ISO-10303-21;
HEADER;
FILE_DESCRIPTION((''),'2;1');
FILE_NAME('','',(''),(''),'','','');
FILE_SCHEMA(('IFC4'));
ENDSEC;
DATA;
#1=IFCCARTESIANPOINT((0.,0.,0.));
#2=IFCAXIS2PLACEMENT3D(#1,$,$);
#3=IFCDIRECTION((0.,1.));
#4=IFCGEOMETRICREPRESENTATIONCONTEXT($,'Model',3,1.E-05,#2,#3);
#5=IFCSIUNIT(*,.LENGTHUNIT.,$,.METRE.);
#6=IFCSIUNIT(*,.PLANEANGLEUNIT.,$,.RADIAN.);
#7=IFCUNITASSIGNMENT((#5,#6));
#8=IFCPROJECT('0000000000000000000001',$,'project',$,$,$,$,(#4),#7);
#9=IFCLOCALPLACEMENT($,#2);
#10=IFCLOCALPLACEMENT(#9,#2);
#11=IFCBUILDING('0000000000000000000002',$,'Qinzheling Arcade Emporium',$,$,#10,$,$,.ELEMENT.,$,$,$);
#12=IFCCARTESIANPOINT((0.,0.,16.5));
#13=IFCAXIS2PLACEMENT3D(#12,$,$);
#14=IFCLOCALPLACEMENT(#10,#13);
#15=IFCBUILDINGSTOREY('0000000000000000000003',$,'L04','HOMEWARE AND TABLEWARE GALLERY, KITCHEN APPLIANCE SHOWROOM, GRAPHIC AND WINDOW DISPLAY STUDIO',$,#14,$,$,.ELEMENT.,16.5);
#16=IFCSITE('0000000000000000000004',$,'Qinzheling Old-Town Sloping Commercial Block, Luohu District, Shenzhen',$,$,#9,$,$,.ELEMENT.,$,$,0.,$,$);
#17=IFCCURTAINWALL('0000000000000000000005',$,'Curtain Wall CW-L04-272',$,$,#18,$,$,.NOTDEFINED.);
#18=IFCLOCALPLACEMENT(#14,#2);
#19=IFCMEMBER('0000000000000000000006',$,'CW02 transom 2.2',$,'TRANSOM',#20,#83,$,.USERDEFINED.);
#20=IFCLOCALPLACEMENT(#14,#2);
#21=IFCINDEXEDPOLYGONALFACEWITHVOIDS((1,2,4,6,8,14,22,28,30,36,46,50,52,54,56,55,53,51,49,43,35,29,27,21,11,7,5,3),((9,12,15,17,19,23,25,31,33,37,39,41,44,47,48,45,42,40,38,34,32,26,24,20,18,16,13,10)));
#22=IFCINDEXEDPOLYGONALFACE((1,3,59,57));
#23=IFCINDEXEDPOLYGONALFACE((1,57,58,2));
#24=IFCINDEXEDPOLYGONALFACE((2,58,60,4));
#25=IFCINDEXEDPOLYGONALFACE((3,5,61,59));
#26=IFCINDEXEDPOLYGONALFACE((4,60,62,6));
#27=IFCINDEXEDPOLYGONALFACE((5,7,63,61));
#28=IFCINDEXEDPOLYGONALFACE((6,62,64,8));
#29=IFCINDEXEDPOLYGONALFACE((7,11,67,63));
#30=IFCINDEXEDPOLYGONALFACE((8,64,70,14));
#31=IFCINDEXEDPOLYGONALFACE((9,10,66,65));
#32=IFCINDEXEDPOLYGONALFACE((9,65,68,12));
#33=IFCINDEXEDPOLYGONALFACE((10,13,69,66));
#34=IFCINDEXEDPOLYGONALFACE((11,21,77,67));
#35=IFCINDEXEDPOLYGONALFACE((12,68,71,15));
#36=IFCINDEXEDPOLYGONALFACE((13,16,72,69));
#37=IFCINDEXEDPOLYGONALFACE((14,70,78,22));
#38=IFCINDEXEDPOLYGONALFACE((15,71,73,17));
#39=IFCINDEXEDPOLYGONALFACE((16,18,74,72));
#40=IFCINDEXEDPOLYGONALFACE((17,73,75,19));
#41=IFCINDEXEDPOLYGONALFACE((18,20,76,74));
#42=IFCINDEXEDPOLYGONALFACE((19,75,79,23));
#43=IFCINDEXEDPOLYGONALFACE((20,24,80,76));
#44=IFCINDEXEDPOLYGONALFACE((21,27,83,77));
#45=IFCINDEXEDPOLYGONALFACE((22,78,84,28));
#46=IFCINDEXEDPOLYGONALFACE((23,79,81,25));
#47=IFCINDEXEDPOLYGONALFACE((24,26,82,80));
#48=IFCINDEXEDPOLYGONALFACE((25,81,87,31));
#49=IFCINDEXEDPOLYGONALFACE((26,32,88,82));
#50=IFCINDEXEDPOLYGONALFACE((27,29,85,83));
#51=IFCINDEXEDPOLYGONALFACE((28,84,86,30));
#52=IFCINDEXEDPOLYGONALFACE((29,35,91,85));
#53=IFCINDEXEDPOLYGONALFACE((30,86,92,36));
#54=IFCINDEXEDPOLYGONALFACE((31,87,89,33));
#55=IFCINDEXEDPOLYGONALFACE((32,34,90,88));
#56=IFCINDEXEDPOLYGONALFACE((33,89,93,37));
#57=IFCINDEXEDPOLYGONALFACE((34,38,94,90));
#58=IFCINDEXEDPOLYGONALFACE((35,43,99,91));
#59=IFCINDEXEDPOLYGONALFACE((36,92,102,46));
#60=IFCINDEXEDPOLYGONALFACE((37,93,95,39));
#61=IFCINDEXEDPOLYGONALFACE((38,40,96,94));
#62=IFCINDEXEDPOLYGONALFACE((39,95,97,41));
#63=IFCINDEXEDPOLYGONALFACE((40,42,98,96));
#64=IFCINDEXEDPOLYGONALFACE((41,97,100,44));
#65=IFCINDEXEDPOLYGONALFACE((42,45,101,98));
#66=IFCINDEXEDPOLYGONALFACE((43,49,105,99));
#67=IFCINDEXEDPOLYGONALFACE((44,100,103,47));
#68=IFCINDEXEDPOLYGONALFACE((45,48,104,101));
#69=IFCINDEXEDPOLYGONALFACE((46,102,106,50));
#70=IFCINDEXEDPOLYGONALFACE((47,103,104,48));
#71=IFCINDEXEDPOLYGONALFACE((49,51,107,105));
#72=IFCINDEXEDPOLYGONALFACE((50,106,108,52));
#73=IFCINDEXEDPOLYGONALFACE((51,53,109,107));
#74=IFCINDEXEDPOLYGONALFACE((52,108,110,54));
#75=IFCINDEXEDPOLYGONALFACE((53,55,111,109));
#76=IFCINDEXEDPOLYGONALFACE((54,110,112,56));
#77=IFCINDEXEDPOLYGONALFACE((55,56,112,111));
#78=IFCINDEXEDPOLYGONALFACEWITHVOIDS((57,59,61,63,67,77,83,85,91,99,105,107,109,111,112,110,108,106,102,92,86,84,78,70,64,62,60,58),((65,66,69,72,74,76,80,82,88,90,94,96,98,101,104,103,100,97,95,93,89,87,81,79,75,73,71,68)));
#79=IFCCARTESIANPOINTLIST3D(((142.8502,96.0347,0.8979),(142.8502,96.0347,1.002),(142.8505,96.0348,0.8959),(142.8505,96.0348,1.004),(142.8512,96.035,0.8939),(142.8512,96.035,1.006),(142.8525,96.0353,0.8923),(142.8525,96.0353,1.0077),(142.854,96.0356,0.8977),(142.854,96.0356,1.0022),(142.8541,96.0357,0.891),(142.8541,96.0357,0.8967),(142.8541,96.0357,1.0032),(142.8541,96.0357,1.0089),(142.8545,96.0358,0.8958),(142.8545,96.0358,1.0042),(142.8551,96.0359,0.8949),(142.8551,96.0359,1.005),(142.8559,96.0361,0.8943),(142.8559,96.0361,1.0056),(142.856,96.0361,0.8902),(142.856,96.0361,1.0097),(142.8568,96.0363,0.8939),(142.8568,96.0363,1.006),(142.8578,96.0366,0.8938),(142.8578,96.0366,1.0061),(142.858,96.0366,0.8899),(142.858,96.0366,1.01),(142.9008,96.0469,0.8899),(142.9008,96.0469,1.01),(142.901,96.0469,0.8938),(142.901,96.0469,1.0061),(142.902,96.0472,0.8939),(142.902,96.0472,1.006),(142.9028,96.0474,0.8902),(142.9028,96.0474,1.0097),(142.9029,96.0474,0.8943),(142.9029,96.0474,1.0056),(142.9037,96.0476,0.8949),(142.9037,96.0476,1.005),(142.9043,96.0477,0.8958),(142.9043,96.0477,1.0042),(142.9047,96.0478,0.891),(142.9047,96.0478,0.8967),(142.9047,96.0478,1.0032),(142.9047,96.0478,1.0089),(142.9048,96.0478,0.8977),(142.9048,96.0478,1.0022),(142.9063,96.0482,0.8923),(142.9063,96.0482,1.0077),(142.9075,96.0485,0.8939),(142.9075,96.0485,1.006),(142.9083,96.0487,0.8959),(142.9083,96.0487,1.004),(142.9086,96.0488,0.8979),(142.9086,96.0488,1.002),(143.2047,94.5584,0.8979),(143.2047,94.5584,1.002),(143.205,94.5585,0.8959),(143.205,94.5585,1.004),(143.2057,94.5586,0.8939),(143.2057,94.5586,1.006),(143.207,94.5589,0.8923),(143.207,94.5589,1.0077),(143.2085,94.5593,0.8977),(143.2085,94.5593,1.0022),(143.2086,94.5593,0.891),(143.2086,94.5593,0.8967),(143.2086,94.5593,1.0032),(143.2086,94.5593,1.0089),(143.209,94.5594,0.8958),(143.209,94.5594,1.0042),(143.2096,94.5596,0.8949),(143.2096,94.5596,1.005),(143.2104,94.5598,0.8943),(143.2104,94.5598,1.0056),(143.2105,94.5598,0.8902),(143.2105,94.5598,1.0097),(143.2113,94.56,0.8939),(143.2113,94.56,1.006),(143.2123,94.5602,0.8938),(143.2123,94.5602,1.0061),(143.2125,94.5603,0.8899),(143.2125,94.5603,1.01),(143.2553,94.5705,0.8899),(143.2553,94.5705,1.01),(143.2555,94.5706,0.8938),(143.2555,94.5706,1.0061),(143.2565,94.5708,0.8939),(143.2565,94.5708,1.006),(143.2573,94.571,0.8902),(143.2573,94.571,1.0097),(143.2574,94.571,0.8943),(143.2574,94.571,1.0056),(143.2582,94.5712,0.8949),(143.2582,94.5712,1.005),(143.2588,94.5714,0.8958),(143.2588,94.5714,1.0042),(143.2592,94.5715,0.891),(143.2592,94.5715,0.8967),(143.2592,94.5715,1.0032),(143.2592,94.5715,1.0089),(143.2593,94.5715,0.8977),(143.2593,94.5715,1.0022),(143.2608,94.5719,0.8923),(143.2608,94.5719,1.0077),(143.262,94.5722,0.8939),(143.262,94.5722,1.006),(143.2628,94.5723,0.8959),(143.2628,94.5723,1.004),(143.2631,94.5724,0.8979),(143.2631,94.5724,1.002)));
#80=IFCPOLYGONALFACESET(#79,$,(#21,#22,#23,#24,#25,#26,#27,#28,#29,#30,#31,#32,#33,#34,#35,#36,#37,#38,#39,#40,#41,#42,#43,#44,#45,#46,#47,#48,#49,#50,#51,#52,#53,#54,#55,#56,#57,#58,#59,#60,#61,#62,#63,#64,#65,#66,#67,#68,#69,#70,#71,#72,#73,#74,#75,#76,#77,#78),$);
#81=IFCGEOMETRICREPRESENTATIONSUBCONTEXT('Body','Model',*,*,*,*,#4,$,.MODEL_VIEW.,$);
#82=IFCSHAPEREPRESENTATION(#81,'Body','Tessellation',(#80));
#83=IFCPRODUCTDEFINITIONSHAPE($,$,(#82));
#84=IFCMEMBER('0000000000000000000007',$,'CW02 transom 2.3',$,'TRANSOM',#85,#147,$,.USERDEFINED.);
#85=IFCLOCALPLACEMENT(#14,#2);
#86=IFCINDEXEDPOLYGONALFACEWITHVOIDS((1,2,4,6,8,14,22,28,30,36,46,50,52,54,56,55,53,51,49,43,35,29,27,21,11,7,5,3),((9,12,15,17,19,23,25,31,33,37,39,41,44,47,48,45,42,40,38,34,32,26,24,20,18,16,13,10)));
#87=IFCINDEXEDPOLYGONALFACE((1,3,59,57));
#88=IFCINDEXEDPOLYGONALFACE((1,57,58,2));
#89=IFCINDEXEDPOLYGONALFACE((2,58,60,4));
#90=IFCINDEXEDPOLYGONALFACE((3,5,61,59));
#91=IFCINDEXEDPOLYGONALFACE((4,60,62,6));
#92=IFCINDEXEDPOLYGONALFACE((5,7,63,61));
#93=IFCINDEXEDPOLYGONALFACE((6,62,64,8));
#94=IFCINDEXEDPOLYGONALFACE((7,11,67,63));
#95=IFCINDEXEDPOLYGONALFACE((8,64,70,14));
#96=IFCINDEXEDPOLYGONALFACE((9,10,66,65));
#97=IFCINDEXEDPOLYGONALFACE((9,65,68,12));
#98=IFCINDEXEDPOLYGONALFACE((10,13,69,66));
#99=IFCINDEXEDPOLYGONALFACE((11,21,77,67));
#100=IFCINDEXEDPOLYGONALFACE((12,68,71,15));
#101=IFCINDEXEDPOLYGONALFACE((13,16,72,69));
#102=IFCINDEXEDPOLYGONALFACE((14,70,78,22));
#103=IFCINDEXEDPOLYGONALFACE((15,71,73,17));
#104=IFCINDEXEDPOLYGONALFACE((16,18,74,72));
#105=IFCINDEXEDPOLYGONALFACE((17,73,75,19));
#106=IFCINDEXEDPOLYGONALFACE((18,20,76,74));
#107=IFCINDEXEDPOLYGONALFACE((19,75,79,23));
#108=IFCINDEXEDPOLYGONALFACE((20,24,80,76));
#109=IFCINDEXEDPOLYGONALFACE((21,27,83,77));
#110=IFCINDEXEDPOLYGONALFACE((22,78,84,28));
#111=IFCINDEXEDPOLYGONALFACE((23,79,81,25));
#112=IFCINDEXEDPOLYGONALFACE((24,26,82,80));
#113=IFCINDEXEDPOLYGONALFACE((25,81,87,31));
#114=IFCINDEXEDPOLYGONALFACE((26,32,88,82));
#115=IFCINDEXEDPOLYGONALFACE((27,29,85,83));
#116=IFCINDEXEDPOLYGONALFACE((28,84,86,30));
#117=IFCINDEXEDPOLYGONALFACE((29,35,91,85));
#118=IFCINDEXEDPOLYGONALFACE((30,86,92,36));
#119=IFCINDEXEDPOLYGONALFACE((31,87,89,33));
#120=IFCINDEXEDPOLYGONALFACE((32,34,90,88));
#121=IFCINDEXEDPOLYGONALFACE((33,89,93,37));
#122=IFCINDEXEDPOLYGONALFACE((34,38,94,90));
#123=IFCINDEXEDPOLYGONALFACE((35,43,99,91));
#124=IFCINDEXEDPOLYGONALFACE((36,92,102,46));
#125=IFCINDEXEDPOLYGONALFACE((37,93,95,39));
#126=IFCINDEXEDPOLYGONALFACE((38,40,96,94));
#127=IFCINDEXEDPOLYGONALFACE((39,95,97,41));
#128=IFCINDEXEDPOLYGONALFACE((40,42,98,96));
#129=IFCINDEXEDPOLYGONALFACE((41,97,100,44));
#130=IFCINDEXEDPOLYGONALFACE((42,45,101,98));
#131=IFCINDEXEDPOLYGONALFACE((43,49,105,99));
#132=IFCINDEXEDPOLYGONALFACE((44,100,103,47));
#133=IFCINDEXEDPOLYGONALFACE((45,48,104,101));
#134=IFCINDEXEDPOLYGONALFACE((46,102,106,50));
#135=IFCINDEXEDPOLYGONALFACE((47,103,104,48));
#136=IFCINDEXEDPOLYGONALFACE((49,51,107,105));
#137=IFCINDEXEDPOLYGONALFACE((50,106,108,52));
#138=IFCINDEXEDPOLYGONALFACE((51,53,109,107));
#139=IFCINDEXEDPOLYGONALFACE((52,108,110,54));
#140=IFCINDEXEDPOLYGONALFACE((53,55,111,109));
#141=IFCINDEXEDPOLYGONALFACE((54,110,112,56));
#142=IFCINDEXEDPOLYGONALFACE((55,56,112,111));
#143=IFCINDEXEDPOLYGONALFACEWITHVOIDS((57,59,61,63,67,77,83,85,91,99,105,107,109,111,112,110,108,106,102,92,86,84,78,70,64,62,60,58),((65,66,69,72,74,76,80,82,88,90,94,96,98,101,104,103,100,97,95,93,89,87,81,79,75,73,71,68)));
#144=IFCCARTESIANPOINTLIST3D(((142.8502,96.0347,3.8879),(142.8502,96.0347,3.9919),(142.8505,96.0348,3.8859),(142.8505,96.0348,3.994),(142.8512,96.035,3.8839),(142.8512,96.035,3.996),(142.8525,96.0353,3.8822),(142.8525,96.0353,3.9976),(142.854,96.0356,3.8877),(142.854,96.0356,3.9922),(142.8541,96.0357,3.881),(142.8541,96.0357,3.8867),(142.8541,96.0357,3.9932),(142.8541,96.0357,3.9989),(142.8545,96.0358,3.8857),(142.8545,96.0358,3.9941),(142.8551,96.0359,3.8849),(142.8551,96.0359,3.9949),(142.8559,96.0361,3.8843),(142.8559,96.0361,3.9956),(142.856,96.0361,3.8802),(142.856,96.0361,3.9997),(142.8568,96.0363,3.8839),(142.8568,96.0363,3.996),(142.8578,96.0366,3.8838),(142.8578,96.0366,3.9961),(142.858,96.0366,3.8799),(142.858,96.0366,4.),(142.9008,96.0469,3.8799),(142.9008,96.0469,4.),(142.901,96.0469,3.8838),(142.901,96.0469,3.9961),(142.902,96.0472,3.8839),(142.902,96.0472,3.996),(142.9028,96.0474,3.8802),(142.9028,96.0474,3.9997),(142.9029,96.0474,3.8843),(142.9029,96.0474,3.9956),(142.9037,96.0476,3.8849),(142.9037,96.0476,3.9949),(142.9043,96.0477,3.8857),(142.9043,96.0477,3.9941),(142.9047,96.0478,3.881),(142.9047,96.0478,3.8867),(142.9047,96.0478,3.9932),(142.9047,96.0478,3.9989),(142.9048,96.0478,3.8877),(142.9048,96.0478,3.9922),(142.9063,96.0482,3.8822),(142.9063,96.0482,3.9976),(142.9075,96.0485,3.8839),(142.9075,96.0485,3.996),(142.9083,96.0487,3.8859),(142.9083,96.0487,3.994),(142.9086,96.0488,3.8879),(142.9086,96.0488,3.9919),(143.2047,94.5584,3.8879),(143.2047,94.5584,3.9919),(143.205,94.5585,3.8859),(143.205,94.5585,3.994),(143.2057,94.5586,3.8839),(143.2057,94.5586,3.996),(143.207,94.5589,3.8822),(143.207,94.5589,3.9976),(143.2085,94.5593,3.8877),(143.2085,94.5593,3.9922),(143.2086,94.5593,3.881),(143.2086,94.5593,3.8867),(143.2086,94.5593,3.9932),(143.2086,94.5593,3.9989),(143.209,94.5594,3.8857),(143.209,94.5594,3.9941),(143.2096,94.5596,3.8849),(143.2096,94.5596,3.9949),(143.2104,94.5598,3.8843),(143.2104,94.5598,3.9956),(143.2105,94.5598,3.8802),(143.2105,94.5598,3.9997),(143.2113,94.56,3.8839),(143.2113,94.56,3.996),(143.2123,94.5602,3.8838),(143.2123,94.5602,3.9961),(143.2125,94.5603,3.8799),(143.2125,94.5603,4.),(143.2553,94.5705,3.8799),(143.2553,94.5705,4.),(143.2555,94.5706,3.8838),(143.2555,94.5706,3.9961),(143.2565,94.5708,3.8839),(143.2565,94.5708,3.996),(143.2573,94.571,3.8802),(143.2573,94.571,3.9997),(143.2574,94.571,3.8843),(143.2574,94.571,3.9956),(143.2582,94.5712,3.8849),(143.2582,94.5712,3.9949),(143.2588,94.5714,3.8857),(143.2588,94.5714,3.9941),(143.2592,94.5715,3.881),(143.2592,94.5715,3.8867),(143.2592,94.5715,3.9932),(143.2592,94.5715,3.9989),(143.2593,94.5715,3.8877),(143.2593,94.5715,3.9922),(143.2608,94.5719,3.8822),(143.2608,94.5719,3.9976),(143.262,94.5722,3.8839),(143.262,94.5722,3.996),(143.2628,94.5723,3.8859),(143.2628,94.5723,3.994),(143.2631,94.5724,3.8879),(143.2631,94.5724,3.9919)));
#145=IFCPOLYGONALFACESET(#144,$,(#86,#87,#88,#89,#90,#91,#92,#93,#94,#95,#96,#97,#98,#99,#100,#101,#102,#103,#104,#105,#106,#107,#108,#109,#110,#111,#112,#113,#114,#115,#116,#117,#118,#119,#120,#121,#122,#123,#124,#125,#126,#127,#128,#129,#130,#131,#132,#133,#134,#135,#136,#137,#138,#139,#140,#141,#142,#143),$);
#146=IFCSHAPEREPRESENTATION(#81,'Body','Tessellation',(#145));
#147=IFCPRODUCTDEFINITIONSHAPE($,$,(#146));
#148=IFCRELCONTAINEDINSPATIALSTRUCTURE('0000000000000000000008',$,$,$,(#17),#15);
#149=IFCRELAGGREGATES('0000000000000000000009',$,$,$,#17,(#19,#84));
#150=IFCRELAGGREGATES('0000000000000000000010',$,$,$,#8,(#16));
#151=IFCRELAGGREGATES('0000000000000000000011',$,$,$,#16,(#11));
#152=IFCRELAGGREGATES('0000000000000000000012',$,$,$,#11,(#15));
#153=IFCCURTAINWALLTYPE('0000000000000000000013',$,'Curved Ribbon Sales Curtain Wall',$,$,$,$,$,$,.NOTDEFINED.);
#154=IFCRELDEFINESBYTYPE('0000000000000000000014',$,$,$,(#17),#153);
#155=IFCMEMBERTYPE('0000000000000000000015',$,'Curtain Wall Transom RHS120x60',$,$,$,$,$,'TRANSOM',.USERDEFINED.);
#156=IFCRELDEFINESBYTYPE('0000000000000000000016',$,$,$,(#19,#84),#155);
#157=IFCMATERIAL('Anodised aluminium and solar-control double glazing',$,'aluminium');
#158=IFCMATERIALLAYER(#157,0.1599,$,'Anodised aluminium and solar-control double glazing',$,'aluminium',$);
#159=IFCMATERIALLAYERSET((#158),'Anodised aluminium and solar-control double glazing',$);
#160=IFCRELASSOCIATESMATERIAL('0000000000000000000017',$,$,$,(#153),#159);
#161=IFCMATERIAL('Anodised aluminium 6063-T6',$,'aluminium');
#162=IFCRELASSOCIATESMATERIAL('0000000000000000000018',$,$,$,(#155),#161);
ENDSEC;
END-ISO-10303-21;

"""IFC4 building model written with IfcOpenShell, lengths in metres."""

from ifc_helpers import new_model, si_unit, direction, frame, origin, origin_2d, place, context, subcontext, project, spatial, hollow_rectangle, extrude, material, layer, layer_set, material_profile, profile_set, type_object, element, aggregate, save


model = new_model("IFC4")

# Units and contexts
model_context = context("Model", 3, precision=1e-05, world=origin(), true_north=direction((0.0, 1.0)))
body_context = subcontext(model_context, "Body", "Model", "MODEL_VIEW")
ifc_project = project(units=[si_unit("LENGTHUNIT", "METRE"), si_unit("PLANEANGLEUNIT", "RADIAN")], contexts=[model_context])

# Site, building, storey
site_placement = place(None, origin())
site = spatial("IfcSite", under=ifc_project, at=site_placement, Name="Qinzheling Old-Town Sloping Commercial Block, Luohu District, Shenzhen", CompositionType="ELEMENT", RefElevation=0.0)
building_placement = place(site_placement, origin())
building = spatial("IfcBuilding", under=site, at=building_placement, Name="Qinzheling Arcade Emporium", CompositionType="ELEMENT")
storey_placement = place(building_placement, frame((0.0, 0.0, 16.5)))
storey = spatial("IfcBuildingStorey", under=building, at=storey_placement, Name="L04", Description="HOMEWARE AND TABLEWARE GALLERY, KITCHEN APPLIANCE SHOWROOM, GRAPHIC AND WINDOW DISPLAY STUDIO", CompositionType="ELEMENT", Elevation=16.5)

# Shared definitions
ifc_material_1 = material(Name="Anodised aluminium and solar-control double glazing", Category="aluminium")
ifc_layer_1 = layer(ifc_material_1, 0.1599, Name="Anodised aluminium and solar-control double glazing", Category="aluminium")
ifc_layer_set_1 = layer_set([ifc_layer_1], Name="Anodised aluminium and solar-control double glazing")
curtain_wall_type = type_object("IfcCurtainWallType", Name="Curved Ribbon Sales Curtain Wall", PredefinedType="NOTDEFINED", material=ifc_layer_set_1)
ifc_material_2 = material(Name="Anodised aluminium 6063-T6", Category="aluminium")

# Curtain wall
curtain_wall_1_placement = place(storey_placement, origin())
curtain_wall_1 = element("IfcCurtainWall", 1, at=curtain_wall_1_placement, inside=storey, type_object=curtain_wall_type, Name="Curtain Wall CW-L04-272", PredefinedType="NOTDEFINED")

# Members
ifc_material_profile_1 = material_profile(ifc_material_2, hollow_rectangle(XDim=0.0601, YDim=0.1201, WallThickness=0.0039, InnerFilletRadius=0.0039, OuterFilletRadius=0.0081, at=origin_2d()), Name="RHS 120x60x4", Category="aluminium")
ifc_profile_set_1 = profile_set([ifc_material_profile_1], Name="Anodised aluminium 6063-T6")
member_type_1 = type_object("IfcMemberType", Name="Curtain Wall Transom RHS120x60", ElementType="TRANSOM", PredefinedType="USERDEFINED", material=ifc_profile_set_1)
member_1_placement = place(storey_placement, frame((142.8794, 96.0417, 0.95), z_axis=(0.233482, -0.972361, 0.0), x_axis=(0.972361, 0.233482, 0.0)))
member_1 = element("IfcMember", 2, at=member_1_placement, type_object=member_type_1, Name="CW02 transom 2.2", ObjectType="TRANSOM", PredefinedType="USERDEFINED", context=body_context, shape_type="SweptSolid", body=[
    extrude(hollow_rectangle(XDim=0.0601, YDim=0.1201, WallThickness=0.0039, InnerFilletRadius=0.0039, OuterFilletRadius=0.0081, at=origin_2d()), origin(), (0.0, 0.0, 1.0), 1.5183),
])
member_2_placement = place(storey_placement, frame((142.8794, 96.0417, 3.9399), z_axis=(0.233482, -0.972361, 0.0), x_axis=(0.972361, 0.233482, 0.0)))
member_2 = element("IfcMember", 3, at=member_2_placement, type_object=member_type_1, Name="CW02 transom 2.3", ObjectType="TRANSOM", PredefinedType="USERDEFINED", context=body_context, shape_type="SweptSolid", body=[
    extrude(hollow_rectangle(XDim=0.0601, YDim=0.1201, WallThickness=0.0039, InnerFilletRadius=0.0039, OuterFilletRadius=0.0081, at=origin_2d()), origin(), (0.0, 0.0, 1.0), 1.5183),
])

aggregate(curtain_wall_1, [member_1, member_2])

save(model, "model.ifc")
